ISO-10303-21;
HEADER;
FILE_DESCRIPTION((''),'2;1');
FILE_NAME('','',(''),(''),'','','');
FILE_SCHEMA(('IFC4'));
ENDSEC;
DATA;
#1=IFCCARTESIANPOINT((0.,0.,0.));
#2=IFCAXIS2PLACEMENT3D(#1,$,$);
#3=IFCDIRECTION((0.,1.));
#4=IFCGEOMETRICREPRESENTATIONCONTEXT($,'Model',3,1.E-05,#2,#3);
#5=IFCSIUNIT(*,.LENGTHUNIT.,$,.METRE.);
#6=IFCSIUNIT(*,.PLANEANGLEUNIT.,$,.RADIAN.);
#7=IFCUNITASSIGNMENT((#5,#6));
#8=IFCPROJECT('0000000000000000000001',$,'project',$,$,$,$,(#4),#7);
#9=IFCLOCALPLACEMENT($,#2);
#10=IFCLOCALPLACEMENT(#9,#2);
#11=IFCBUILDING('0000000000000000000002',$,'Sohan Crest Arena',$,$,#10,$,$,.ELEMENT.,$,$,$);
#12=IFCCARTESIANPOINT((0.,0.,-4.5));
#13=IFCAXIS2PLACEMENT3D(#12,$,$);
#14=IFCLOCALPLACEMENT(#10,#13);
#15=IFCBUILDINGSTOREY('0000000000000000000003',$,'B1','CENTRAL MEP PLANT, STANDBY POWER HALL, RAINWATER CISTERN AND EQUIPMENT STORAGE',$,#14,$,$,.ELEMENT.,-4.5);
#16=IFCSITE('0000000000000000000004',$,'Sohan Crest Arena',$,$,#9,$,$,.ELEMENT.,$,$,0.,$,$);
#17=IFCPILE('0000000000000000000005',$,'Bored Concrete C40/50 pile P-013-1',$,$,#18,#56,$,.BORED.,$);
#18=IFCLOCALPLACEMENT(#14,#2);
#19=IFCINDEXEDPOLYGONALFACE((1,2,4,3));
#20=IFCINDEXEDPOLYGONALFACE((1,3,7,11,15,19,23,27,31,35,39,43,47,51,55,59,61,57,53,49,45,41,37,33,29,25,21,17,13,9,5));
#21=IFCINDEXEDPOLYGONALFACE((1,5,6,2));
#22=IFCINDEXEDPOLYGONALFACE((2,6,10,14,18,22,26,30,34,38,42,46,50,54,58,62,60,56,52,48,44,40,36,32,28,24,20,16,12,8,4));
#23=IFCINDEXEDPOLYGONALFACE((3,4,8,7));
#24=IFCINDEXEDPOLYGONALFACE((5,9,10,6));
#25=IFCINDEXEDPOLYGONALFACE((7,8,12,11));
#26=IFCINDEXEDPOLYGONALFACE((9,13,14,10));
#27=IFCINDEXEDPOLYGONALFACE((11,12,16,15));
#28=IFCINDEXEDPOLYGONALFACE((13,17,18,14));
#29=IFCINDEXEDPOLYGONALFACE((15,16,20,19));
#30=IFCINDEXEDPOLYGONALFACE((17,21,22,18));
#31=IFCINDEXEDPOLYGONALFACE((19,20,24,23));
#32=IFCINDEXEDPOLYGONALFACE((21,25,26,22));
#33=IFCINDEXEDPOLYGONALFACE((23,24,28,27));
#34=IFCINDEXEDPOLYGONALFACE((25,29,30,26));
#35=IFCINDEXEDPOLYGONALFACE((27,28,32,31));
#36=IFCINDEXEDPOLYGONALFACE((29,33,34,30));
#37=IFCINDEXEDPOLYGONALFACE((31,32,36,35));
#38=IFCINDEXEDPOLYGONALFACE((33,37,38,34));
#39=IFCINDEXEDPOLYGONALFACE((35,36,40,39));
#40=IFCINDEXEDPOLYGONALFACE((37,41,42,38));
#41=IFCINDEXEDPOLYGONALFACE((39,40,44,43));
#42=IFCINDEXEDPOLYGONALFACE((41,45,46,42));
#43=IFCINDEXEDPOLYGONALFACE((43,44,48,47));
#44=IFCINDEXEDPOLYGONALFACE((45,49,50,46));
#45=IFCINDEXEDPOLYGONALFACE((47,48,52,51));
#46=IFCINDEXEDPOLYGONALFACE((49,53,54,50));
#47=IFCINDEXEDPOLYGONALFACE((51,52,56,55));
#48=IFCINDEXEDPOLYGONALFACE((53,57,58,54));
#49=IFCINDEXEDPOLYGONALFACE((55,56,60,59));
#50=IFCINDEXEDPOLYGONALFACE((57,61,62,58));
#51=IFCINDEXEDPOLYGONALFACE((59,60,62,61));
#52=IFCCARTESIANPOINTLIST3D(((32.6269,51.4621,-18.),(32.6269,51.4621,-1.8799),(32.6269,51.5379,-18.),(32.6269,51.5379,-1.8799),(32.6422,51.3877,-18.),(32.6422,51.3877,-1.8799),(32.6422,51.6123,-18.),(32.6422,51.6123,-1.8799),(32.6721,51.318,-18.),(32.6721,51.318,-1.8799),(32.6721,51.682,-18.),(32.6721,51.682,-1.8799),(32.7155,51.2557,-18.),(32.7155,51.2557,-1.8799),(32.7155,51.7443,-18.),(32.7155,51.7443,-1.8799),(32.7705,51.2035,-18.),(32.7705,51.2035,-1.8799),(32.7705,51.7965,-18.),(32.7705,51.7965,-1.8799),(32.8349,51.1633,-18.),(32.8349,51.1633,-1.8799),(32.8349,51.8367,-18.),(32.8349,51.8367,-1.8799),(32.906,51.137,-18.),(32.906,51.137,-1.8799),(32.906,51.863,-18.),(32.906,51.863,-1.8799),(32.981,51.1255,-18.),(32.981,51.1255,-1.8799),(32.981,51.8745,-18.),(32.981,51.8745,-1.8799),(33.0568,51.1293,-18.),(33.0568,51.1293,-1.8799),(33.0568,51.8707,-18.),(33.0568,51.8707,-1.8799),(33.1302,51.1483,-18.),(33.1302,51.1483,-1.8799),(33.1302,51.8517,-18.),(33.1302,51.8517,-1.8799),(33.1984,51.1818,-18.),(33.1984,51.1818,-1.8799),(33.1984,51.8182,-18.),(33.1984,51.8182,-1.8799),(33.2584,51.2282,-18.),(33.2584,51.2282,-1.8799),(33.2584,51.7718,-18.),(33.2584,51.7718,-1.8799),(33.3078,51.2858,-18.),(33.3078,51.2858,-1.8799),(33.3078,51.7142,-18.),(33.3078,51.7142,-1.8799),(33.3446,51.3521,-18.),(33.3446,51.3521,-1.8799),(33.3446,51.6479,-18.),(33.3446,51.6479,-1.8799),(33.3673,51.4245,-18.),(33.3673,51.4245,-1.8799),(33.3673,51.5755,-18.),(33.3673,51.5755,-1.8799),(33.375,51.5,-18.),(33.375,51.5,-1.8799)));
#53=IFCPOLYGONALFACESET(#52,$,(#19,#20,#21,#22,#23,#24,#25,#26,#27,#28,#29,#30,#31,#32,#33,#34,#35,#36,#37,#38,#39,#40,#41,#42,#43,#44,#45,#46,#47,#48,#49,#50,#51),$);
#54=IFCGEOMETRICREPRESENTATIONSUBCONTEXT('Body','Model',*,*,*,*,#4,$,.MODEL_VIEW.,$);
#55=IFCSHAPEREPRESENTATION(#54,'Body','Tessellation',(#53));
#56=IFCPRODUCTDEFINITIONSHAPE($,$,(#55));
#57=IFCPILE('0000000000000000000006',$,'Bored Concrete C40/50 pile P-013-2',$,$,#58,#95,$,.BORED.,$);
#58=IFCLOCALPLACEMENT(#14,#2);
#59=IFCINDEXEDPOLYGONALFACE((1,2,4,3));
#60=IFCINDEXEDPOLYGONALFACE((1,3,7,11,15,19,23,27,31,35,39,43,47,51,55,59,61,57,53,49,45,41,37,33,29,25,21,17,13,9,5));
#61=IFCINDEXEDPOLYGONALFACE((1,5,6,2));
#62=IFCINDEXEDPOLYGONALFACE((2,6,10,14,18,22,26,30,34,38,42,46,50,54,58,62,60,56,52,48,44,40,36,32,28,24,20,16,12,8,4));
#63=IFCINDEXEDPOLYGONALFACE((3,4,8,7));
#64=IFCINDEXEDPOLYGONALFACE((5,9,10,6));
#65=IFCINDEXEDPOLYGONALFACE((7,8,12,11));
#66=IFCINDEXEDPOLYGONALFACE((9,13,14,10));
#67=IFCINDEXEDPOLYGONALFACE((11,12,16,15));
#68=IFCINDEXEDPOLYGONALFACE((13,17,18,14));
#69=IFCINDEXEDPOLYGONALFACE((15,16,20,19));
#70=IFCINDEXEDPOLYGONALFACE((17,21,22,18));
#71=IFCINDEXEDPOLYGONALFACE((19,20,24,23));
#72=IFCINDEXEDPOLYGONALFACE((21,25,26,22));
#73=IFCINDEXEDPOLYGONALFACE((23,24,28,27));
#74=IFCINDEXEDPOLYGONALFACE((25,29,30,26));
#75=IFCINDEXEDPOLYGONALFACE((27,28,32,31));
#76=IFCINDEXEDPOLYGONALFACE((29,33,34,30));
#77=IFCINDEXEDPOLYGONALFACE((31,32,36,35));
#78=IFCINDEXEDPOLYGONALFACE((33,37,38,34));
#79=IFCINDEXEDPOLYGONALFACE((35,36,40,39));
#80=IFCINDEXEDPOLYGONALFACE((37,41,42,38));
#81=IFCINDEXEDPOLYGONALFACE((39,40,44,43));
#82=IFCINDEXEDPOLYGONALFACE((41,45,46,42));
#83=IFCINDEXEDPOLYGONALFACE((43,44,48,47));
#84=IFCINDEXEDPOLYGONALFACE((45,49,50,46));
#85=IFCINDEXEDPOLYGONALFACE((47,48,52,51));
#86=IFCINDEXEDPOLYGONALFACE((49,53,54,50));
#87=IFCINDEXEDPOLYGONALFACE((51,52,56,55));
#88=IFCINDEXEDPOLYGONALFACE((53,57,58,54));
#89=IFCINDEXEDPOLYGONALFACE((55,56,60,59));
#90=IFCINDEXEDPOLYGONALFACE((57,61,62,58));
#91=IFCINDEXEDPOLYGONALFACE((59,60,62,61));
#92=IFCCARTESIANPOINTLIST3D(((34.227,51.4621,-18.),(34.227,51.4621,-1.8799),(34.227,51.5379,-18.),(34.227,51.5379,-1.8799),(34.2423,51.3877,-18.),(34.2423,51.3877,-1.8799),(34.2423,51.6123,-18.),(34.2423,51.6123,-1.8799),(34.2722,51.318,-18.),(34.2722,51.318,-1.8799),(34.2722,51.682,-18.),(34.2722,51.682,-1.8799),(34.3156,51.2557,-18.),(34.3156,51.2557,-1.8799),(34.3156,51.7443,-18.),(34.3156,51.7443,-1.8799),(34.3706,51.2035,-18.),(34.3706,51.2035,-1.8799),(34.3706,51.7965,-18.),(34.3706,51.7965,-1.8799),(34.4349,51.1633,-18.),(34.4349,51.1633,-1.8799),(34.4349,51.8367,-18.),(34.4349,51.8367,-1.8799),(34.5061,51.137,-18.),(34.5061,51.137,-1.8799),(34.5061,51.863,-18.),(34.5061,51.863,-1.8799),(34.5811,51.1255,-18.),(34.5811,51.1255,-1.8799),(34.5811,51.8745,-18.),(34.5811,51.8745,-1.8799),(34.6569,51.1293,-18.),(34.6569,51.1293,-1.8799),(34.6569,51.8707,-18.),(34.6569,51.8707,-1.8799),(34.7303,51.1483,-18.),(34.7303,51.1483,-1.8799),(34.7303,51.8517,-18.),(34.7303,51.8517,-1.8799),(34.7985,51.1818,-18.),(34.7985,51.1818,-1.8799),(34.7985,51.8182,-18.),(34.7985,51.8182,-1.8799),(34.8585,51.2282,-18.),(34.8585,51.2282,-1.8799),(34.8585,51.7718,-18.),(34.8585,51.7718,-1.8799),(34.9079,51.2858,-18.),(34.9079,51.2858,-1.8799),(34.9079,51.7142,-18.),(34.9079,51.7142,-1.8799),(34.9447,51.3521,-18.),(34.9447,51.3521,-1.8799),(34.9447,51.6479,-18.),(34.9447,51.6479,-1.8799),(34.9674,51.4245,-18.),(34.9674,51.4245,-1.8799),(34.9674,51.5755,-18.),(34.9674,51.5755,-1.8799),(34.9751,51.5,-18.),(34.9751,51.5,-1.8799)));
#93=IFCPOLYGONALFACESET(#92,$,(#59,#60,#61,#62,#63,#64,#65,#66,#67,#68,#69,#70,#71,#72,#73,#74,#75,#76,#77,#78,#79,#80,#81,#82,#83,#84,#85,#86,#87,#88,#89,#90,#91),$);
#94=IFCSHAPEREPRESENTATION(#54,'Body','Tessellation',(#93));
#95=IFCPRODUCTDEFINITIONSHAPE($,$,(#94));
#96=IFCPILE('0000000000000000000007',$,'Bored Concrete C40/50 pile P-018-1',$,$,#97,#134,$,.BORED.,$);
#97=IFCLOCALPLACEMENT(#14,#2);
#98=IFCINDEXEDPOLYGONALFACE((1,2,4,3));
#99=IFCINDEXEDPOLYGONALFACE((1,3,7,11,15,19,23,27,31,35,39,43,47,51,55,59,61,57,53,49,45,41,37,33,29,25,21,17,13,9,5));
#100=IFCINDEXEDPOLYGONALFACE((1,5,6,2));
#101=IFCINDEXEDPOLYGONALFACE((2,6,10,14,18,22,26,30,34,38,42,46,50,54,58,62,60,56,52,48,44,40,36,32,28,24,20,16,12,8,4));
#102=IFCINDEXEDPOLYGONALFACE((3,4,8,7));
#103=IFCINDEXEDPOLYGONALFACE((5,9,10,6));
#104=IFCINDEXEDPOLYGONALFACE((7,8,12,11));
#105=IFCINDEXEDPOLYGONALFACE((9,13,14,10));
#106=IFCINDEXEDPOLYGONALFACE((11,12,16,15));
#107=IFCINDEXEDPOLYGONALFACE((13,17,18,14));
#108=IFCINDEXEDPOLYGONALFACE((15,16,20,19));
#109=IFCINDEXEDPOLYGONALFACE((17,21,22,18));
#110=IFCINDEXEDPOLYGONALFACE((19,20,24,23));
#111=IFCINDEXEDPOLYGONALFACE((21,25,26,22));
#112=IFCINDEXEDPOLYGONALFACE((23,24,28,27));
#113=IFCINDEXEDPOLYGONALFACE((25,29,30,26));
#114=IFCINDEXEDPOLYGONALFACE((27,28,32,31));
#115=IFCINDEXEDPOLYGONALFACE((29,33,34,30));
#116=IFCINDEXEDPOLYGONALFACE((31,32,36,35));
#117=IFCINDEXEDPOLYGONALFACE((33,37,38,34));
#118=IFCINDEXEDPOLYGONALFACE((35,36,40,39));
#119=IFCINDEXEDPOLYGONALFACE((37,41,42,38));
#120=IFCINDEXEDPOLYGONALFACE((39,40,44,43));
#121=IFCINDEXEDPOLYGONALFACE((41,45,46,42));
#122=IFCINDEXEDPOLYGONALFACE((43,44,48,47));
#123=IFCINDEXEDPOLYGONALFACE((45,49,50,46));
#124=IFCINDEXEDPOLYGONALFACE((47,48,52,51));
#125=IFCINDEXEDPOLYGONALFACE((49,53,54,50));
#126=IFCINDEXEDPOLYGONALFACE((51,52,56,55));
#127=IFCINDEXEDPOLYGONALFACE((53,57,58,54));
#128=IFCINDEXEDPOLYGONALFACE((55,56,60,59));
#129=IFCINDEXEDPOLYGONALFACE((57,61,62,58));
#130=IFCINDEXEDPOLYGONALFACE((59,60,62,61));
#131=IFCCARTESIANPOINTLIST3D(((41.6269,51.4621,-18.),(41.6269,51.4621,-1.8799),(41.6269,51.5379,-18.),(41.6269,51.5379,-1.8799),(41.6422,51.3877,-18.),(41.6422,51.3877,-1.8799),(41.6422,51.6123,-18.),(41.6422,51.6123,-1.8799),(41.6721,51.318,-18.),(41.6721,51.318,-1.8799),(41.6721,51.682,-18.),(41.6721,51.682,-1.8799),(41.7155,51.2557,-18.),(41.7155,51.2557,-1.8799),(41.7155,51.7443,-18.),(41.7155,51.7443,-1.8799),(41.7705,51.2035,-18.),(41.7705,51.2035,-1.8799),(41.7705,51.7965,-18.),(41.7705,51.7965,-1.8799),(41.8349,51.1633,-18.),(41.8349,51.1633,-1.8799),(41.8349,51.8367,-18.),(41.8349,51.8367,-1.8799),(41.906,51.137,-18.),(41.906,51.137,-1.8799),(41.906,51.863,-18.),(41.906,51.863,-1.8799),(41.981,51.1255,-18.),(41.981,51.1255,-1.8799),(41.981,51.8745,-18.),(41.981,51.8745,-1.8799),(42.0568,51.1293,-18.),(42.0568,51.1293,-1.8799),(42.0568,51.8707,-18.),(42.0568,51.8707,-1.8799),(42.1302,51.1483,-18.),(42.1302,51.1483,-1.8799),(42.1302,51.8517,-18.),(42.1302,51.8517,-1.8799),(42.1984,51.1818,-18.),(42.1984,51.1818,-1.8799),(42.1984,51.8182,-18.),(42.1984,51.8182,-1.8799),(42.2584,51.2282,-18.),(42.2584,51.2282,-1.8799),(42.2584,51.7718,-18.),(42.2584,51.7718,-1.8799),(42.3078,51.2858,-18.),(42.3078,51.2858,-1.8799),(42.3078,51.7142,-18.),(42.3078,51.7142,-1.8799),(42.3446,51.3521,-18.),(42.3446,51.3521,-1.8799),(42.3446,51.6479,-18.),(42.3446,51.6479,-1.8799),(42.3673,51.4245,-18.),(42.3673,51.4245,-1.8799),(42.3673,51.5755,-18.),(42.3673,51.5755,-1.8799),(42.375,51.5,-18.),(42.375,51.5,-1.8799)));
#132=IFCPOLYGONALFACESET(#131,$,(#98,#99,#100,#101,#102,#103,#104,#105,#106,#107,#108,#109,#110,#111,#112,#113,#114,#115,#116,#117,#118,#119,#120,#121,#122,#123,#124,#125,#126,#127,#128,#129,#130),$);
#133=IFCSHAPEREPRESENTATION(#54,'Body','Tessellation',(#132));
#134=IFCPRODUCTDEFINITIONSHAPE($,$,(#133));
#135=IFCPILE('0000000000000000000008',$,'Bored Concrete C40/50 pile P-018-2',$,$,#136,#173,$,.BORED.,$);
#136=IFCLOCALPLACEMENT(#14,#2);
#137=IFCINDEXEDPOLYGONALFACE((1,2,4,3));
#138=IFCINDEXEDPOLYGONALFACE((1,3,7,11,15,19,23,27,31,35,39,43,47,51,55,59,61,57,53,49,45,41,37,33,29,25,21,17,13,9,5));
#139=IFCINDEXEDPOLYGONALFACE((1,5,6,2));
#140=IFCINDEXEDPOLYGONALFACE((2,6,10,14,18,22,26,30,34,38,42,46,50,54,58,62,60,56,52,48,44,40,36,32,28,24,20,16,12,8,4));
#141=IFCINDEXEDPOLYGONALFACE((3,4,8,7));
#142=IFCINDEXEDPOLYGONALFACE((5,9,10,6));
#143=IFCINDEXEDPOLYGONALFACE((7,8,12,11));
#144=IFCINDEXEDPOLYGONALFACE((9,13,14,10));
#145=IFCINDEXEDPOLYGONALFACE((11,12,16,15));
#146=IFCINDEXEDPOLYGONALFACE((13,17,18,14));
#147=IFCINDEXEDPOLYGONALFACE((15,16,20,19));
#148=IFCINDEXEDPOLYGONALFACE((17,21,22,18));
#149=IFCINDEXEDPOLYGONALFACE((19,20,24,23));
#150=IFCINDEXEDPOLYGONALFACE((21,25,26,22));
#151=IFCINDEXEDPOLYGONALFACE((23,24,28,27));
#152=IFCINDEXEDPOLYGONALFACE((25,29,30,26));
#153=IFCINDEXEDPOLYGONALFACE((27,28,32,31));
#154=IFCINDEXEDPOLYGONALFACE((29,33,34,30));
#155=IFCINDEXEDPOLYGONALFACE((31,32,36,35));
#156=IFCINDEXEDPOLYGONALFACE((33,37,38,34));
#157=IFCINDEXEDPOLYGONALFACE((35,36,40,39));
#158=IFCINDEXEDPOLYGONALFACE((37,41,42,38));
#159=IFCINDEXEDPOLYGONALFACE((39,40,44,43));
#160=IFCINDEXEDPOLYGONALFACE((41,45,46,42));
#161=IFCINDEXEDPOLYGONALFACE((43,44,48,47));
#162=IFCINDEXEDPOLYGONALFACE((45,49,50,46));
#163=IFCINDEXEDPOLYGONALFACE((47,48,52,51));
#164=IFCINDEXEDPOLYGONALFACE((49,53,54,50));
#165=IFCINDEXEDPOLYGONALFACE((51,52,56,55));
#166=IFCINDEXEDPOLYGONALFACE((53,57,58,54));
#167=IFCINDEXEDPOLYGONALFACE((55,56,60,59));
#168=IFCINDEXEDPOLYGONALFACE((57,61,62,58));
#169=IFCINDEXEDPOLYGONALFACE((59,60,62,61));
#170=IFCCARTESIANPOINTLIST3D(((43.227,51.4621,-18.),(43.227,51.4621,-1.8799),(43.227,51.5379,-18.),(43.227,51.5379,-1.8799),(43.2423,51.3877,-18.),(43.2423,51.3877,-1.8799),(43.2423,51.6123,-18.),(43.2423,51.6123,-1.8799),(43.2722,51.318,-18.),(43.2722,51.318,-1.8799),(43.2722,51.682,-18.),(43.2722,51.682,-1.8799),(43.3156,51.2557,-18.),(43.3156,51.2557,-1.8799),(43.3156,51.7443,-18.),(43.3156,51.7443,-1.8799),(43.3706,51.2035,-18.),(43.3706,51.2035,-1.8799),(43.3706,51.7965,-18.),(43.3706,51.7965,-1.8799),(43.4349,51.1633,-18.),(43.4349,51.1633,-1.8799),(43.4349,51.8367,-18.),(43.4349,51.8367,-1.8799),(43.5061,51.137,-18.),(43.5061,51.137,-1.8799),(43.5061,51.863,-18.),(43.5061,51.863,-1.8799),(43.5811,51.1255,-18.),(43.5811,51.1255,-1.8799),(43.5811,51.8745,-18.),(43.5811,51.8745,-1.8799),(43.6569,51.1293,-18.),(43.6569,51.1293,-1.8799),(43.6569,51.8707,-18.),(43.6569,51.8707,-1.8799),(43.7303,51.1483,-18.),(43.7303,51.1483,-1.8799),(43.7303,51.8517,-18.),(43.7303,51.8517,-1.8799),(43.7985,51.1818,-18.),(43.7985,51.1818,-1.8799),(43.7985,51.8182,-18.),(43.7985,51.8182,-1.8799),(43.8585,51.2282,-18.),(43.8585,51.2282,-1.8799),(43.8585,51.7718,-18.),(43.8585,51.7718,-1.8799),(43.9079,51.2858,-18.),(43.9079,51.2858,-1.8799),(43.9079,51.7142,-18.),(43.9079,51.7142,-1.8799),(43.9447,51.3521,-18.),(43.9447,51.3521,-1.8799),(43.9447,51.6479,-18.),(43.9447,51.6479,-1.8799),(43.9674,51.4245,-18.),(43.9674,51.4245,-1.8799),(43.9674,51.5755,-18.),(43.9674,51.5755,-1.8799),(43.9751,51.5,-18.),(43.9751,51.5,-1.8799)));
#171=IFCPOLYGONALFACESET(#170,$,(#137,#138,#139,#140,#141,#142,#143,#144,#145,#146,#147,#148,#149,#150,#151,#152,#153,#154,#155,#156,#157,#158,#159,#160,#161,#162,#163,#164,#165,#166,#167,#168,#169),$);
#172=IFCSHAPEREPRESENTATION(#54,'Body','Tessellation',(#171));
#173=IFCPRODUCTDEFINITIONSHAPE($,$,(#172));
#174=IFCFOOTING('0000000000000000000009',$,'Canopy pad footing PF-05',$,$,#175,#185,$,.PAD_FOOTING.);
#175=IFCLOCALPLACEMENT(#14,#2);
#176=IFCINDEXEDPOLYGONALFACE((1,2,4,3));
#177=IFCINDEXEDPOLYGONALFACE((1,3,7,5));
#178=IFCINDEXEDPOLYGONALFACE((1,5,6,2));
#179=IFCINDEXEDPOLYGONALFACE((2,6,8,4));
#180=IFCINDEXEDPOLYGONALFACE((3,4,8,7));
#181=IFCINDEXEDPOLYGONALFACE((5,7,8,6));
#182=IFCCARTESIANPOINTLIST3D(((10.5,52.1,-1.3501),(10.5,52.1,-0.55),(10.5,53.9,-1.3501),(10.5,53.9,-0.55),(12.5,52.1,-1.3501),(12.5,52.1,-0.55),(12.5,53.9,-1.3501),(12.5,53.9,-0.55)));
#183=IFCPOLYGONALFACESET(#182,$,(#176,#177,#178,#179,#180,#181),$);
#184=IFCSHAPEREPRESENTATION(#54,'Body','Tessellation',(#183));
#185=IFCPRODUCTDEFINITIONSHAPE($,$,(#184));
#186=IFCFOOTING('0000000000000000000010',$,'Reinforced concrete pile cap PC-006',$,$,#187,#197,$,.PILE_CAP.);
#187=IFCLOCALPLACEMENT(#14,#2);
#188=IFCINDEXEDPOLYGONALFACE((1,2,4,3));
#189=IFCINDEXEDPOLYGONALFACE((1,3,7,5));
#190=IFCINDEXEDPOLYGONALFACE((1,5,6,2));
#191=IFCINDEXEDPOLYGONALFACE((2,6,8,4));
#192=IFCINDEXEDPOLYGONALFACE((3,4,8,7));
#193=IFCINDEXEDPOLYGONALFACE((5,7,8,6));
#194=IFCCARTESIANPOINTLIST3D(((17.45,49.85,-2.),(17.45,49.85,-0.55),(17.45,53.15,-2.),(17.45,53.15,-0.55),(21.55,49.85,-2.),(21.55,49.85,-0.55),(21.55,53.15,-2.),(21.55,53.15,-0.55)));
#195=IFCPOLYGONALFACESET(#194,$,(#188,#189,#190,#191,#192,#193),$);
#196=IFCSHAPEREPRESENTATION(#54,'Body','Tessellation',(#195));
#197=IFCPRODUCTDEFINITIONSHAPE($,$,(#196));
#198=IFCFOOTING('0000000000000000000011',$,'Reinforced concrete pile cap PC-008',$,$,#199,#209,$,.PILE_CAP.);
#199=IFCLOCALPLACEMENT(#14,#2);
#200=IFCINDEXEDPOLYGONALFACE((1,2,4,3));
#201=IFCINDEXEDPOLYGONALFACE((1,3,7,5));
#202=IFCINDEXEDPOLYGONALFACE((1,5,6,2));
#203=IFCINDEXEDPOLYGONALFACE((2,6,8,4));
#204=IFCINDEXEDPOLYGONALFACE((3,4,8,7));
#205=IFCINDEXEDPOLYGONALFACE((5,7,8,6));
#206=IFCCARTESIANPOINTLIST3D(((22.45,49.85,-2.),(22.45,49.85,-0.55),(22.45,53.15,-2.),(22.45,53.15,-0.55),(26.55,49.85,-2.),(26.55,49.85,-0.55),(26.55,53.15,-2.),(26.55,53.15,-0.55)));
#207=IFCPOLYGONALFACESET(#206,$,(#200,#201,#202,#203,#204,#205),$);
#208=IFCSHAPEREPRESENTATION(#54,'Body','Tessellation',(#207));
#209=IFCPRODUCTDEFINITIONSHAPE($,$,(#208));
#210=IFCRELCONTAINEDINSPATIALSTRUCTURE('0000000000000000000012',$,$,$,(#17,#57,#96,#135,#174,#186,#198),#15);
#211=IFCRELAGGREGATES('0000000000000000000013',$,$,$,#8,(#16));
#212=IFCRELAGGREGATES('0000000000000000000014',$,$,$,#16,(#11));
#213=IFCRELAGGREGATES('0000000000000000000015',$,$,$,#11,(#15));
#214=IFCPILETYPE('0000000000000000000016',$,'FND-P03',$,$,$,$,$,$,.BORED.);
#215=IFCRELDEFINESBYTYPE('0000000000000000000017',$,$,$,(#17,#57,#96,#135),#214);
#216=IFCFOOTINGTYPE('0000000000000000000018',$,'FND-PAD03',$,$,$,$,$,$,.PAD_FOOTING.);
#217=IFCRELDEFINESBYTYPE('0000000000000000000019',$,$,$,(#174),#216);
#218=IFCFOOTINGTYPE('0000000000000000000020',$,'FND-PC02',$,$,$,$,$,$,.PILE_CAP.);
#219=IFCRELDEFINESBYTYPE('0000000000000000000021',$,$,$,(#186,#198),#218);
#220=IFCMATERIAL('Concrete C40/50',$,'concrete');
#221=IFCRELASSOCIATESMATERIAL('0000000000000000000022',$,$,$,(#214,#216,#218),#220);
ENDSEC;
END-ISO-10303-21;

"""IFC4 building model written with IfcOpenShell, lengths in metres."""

from ifc_helpers import new_model, si_unit, direction, frame, origin, origin_2d, place, context, subcontext, project, spatial, rectangle, circle, extrude, material, material_profile, profile_set, type_object, element, save


model = new_model("IFC4")

# Units and contexts
model_context = context("Model", 3, precision=1e-05, world=origin(), true_north=direction((0.0, 1.0)))
body_context = subcontext(model_context, "Body", "Model", "MODEL_VIEW")
ifc_project = project(units=[si_unit("LENGTHUNIT", "METRE"), si_unit("PLANEANGLEUNIT", "RADIAN")], contexts=[model_context])

# Site, building, storey
site_placement = place(None, origin())
site = spatial("IfcSite", under=ifc_project, at=site_placement, Name="Sohan Crest Arena", CompositionType="ELEMENT", RefElevation=0.0)
building_placement = place(site_placement, origin())
building = spatial("IfcBuilding", under=site, at=building_placement, Name="Sohan Crest Arena", CompositionType="ELEMENT")
storey_placement = place(building_placement, frame((0.0, 0.0, -4.5)))
storey = spatial("IfcBuildingStorey", under=building, at=storey_placement, Name="B1", Description="CENTRAL MEP PLANT, STANDBY POWER HALL, RAINWATER CISTERN AND EQUIPMENT STORAGE", CompositionType="ELEMENT", Elevation=-4.5)

# Shared definitions
ifc_material_1 = material(Name="Concrete C40/50", Category="concrete")

# Piles
ifc_material_profile_1 = material_profile(ifc_material_1, circle(Radius=0.375, at=origin_2d()), Name="PILE D750")
ifc_profile_set_1 = profile_set([ifc_material_profile_1], Name="Concrete C40/50")
pile_type = type_object("IfcPileType", Name="FND-P03", PredefinedType="BORED", material=ifc_profile_set_1)
for number, where, z_axis, x_axis, name in (
    (1, (33.0, 51.5, -18.0), (0.0, 0.0, 1.0), (1.0, 0.0, 0.0), "Bored Concrete C40/50 pile P-013-1"),
    (2, (34.6001, 51.5, -18.0), (0.0, 0.0, 1.0), (1.0, 0.0, 0.0), "Bored Concrete C40/50 pile P-013-2"),
    (3, (42.0, 51.5, -18.0), (0.0, 0.0, 1.0), (1.0, 0.0, 0.0), "Bored Concrete C40/50 pile P-018-1"),
    (4, (43.6001, 51.5, -18.0), (0.0, 0.0, 1.0), (1.0, 0.0, 0.0), "Bored Concrete C40/50 pile P-018-2"),
):
    element("IfcPile", number, at=place(storey_placement, frame(where, z_axis=z_axis, x_axis=x_axis)), inside=storey, type_object=pile_type, Name=name, PredefinedType="BORED", context=body_context, shape_type="SweptSolid", body=[
        extrude(circle(Radius=0.375, at=origin_2d()), origin(), (0.0, 0.0, 1.0), 16.1201),
    ])

# Footings
footing_type_1 = type_object("IfcFootingType", Name="FND-PAD03", PredefinedType="PAD_FOOTING", material=ifc_material_1)
footing_1_placement = place(storey_placement, frame((11.5, 53.0, -1.3501), z_axis=(0.0, 0.0, 1.0), x_axis=(1.0, 0.0, 0.0)))
element("IfcFooting", 5, at=footing_1_placement, inside=storey, type_object=footing_type_1, Name="Canopy pad footing PF-05", PredefinedType="PAD_FOOTING", context=body_context, shape_type="SweptSolid", body=[
    extrude(rectangle(XDim=2.0, YDim=1.8, at=origin_2d()), origin(), (0.0, 0.0, 1.0), 0.8),
])
footing_type_2 = type_object("IfcFootingType", Name="FND-PC02", PredefinedType="PILE_CAP", material=ifc_material_1)
for number, where, z_axis, x_axis, name in (
    (6, (19.5, 51.5, -2.0), (0.0, 0.0, 1.0), (1.0, 0.0, 0.0), "Reinforced concrete pile cap PC-006"),
    (7, (24.5, 51.5, -2.0), (0.0, 0.0, 1.0), (1.0, 0.0, 0.0), "Reinforced concrete pile cap PC-008"),
):
    element("IfcFooting", number, at=place(storey_placement, frame(where, z_axis=z_axis, x_axis=x_axis)), inside=storey, type_object=footing_type_2, Name=name, PredefinedType="PILE_CAP", context=body_context, shape_type="SweptSolid", body=[
        extrude(rectangle(XDim=4.1001, YDim=3.3, at=origin_2d()), origin(), (0.0, 0.0, 1.0), 1.45),
    ])

save(model, "model.ifc")
